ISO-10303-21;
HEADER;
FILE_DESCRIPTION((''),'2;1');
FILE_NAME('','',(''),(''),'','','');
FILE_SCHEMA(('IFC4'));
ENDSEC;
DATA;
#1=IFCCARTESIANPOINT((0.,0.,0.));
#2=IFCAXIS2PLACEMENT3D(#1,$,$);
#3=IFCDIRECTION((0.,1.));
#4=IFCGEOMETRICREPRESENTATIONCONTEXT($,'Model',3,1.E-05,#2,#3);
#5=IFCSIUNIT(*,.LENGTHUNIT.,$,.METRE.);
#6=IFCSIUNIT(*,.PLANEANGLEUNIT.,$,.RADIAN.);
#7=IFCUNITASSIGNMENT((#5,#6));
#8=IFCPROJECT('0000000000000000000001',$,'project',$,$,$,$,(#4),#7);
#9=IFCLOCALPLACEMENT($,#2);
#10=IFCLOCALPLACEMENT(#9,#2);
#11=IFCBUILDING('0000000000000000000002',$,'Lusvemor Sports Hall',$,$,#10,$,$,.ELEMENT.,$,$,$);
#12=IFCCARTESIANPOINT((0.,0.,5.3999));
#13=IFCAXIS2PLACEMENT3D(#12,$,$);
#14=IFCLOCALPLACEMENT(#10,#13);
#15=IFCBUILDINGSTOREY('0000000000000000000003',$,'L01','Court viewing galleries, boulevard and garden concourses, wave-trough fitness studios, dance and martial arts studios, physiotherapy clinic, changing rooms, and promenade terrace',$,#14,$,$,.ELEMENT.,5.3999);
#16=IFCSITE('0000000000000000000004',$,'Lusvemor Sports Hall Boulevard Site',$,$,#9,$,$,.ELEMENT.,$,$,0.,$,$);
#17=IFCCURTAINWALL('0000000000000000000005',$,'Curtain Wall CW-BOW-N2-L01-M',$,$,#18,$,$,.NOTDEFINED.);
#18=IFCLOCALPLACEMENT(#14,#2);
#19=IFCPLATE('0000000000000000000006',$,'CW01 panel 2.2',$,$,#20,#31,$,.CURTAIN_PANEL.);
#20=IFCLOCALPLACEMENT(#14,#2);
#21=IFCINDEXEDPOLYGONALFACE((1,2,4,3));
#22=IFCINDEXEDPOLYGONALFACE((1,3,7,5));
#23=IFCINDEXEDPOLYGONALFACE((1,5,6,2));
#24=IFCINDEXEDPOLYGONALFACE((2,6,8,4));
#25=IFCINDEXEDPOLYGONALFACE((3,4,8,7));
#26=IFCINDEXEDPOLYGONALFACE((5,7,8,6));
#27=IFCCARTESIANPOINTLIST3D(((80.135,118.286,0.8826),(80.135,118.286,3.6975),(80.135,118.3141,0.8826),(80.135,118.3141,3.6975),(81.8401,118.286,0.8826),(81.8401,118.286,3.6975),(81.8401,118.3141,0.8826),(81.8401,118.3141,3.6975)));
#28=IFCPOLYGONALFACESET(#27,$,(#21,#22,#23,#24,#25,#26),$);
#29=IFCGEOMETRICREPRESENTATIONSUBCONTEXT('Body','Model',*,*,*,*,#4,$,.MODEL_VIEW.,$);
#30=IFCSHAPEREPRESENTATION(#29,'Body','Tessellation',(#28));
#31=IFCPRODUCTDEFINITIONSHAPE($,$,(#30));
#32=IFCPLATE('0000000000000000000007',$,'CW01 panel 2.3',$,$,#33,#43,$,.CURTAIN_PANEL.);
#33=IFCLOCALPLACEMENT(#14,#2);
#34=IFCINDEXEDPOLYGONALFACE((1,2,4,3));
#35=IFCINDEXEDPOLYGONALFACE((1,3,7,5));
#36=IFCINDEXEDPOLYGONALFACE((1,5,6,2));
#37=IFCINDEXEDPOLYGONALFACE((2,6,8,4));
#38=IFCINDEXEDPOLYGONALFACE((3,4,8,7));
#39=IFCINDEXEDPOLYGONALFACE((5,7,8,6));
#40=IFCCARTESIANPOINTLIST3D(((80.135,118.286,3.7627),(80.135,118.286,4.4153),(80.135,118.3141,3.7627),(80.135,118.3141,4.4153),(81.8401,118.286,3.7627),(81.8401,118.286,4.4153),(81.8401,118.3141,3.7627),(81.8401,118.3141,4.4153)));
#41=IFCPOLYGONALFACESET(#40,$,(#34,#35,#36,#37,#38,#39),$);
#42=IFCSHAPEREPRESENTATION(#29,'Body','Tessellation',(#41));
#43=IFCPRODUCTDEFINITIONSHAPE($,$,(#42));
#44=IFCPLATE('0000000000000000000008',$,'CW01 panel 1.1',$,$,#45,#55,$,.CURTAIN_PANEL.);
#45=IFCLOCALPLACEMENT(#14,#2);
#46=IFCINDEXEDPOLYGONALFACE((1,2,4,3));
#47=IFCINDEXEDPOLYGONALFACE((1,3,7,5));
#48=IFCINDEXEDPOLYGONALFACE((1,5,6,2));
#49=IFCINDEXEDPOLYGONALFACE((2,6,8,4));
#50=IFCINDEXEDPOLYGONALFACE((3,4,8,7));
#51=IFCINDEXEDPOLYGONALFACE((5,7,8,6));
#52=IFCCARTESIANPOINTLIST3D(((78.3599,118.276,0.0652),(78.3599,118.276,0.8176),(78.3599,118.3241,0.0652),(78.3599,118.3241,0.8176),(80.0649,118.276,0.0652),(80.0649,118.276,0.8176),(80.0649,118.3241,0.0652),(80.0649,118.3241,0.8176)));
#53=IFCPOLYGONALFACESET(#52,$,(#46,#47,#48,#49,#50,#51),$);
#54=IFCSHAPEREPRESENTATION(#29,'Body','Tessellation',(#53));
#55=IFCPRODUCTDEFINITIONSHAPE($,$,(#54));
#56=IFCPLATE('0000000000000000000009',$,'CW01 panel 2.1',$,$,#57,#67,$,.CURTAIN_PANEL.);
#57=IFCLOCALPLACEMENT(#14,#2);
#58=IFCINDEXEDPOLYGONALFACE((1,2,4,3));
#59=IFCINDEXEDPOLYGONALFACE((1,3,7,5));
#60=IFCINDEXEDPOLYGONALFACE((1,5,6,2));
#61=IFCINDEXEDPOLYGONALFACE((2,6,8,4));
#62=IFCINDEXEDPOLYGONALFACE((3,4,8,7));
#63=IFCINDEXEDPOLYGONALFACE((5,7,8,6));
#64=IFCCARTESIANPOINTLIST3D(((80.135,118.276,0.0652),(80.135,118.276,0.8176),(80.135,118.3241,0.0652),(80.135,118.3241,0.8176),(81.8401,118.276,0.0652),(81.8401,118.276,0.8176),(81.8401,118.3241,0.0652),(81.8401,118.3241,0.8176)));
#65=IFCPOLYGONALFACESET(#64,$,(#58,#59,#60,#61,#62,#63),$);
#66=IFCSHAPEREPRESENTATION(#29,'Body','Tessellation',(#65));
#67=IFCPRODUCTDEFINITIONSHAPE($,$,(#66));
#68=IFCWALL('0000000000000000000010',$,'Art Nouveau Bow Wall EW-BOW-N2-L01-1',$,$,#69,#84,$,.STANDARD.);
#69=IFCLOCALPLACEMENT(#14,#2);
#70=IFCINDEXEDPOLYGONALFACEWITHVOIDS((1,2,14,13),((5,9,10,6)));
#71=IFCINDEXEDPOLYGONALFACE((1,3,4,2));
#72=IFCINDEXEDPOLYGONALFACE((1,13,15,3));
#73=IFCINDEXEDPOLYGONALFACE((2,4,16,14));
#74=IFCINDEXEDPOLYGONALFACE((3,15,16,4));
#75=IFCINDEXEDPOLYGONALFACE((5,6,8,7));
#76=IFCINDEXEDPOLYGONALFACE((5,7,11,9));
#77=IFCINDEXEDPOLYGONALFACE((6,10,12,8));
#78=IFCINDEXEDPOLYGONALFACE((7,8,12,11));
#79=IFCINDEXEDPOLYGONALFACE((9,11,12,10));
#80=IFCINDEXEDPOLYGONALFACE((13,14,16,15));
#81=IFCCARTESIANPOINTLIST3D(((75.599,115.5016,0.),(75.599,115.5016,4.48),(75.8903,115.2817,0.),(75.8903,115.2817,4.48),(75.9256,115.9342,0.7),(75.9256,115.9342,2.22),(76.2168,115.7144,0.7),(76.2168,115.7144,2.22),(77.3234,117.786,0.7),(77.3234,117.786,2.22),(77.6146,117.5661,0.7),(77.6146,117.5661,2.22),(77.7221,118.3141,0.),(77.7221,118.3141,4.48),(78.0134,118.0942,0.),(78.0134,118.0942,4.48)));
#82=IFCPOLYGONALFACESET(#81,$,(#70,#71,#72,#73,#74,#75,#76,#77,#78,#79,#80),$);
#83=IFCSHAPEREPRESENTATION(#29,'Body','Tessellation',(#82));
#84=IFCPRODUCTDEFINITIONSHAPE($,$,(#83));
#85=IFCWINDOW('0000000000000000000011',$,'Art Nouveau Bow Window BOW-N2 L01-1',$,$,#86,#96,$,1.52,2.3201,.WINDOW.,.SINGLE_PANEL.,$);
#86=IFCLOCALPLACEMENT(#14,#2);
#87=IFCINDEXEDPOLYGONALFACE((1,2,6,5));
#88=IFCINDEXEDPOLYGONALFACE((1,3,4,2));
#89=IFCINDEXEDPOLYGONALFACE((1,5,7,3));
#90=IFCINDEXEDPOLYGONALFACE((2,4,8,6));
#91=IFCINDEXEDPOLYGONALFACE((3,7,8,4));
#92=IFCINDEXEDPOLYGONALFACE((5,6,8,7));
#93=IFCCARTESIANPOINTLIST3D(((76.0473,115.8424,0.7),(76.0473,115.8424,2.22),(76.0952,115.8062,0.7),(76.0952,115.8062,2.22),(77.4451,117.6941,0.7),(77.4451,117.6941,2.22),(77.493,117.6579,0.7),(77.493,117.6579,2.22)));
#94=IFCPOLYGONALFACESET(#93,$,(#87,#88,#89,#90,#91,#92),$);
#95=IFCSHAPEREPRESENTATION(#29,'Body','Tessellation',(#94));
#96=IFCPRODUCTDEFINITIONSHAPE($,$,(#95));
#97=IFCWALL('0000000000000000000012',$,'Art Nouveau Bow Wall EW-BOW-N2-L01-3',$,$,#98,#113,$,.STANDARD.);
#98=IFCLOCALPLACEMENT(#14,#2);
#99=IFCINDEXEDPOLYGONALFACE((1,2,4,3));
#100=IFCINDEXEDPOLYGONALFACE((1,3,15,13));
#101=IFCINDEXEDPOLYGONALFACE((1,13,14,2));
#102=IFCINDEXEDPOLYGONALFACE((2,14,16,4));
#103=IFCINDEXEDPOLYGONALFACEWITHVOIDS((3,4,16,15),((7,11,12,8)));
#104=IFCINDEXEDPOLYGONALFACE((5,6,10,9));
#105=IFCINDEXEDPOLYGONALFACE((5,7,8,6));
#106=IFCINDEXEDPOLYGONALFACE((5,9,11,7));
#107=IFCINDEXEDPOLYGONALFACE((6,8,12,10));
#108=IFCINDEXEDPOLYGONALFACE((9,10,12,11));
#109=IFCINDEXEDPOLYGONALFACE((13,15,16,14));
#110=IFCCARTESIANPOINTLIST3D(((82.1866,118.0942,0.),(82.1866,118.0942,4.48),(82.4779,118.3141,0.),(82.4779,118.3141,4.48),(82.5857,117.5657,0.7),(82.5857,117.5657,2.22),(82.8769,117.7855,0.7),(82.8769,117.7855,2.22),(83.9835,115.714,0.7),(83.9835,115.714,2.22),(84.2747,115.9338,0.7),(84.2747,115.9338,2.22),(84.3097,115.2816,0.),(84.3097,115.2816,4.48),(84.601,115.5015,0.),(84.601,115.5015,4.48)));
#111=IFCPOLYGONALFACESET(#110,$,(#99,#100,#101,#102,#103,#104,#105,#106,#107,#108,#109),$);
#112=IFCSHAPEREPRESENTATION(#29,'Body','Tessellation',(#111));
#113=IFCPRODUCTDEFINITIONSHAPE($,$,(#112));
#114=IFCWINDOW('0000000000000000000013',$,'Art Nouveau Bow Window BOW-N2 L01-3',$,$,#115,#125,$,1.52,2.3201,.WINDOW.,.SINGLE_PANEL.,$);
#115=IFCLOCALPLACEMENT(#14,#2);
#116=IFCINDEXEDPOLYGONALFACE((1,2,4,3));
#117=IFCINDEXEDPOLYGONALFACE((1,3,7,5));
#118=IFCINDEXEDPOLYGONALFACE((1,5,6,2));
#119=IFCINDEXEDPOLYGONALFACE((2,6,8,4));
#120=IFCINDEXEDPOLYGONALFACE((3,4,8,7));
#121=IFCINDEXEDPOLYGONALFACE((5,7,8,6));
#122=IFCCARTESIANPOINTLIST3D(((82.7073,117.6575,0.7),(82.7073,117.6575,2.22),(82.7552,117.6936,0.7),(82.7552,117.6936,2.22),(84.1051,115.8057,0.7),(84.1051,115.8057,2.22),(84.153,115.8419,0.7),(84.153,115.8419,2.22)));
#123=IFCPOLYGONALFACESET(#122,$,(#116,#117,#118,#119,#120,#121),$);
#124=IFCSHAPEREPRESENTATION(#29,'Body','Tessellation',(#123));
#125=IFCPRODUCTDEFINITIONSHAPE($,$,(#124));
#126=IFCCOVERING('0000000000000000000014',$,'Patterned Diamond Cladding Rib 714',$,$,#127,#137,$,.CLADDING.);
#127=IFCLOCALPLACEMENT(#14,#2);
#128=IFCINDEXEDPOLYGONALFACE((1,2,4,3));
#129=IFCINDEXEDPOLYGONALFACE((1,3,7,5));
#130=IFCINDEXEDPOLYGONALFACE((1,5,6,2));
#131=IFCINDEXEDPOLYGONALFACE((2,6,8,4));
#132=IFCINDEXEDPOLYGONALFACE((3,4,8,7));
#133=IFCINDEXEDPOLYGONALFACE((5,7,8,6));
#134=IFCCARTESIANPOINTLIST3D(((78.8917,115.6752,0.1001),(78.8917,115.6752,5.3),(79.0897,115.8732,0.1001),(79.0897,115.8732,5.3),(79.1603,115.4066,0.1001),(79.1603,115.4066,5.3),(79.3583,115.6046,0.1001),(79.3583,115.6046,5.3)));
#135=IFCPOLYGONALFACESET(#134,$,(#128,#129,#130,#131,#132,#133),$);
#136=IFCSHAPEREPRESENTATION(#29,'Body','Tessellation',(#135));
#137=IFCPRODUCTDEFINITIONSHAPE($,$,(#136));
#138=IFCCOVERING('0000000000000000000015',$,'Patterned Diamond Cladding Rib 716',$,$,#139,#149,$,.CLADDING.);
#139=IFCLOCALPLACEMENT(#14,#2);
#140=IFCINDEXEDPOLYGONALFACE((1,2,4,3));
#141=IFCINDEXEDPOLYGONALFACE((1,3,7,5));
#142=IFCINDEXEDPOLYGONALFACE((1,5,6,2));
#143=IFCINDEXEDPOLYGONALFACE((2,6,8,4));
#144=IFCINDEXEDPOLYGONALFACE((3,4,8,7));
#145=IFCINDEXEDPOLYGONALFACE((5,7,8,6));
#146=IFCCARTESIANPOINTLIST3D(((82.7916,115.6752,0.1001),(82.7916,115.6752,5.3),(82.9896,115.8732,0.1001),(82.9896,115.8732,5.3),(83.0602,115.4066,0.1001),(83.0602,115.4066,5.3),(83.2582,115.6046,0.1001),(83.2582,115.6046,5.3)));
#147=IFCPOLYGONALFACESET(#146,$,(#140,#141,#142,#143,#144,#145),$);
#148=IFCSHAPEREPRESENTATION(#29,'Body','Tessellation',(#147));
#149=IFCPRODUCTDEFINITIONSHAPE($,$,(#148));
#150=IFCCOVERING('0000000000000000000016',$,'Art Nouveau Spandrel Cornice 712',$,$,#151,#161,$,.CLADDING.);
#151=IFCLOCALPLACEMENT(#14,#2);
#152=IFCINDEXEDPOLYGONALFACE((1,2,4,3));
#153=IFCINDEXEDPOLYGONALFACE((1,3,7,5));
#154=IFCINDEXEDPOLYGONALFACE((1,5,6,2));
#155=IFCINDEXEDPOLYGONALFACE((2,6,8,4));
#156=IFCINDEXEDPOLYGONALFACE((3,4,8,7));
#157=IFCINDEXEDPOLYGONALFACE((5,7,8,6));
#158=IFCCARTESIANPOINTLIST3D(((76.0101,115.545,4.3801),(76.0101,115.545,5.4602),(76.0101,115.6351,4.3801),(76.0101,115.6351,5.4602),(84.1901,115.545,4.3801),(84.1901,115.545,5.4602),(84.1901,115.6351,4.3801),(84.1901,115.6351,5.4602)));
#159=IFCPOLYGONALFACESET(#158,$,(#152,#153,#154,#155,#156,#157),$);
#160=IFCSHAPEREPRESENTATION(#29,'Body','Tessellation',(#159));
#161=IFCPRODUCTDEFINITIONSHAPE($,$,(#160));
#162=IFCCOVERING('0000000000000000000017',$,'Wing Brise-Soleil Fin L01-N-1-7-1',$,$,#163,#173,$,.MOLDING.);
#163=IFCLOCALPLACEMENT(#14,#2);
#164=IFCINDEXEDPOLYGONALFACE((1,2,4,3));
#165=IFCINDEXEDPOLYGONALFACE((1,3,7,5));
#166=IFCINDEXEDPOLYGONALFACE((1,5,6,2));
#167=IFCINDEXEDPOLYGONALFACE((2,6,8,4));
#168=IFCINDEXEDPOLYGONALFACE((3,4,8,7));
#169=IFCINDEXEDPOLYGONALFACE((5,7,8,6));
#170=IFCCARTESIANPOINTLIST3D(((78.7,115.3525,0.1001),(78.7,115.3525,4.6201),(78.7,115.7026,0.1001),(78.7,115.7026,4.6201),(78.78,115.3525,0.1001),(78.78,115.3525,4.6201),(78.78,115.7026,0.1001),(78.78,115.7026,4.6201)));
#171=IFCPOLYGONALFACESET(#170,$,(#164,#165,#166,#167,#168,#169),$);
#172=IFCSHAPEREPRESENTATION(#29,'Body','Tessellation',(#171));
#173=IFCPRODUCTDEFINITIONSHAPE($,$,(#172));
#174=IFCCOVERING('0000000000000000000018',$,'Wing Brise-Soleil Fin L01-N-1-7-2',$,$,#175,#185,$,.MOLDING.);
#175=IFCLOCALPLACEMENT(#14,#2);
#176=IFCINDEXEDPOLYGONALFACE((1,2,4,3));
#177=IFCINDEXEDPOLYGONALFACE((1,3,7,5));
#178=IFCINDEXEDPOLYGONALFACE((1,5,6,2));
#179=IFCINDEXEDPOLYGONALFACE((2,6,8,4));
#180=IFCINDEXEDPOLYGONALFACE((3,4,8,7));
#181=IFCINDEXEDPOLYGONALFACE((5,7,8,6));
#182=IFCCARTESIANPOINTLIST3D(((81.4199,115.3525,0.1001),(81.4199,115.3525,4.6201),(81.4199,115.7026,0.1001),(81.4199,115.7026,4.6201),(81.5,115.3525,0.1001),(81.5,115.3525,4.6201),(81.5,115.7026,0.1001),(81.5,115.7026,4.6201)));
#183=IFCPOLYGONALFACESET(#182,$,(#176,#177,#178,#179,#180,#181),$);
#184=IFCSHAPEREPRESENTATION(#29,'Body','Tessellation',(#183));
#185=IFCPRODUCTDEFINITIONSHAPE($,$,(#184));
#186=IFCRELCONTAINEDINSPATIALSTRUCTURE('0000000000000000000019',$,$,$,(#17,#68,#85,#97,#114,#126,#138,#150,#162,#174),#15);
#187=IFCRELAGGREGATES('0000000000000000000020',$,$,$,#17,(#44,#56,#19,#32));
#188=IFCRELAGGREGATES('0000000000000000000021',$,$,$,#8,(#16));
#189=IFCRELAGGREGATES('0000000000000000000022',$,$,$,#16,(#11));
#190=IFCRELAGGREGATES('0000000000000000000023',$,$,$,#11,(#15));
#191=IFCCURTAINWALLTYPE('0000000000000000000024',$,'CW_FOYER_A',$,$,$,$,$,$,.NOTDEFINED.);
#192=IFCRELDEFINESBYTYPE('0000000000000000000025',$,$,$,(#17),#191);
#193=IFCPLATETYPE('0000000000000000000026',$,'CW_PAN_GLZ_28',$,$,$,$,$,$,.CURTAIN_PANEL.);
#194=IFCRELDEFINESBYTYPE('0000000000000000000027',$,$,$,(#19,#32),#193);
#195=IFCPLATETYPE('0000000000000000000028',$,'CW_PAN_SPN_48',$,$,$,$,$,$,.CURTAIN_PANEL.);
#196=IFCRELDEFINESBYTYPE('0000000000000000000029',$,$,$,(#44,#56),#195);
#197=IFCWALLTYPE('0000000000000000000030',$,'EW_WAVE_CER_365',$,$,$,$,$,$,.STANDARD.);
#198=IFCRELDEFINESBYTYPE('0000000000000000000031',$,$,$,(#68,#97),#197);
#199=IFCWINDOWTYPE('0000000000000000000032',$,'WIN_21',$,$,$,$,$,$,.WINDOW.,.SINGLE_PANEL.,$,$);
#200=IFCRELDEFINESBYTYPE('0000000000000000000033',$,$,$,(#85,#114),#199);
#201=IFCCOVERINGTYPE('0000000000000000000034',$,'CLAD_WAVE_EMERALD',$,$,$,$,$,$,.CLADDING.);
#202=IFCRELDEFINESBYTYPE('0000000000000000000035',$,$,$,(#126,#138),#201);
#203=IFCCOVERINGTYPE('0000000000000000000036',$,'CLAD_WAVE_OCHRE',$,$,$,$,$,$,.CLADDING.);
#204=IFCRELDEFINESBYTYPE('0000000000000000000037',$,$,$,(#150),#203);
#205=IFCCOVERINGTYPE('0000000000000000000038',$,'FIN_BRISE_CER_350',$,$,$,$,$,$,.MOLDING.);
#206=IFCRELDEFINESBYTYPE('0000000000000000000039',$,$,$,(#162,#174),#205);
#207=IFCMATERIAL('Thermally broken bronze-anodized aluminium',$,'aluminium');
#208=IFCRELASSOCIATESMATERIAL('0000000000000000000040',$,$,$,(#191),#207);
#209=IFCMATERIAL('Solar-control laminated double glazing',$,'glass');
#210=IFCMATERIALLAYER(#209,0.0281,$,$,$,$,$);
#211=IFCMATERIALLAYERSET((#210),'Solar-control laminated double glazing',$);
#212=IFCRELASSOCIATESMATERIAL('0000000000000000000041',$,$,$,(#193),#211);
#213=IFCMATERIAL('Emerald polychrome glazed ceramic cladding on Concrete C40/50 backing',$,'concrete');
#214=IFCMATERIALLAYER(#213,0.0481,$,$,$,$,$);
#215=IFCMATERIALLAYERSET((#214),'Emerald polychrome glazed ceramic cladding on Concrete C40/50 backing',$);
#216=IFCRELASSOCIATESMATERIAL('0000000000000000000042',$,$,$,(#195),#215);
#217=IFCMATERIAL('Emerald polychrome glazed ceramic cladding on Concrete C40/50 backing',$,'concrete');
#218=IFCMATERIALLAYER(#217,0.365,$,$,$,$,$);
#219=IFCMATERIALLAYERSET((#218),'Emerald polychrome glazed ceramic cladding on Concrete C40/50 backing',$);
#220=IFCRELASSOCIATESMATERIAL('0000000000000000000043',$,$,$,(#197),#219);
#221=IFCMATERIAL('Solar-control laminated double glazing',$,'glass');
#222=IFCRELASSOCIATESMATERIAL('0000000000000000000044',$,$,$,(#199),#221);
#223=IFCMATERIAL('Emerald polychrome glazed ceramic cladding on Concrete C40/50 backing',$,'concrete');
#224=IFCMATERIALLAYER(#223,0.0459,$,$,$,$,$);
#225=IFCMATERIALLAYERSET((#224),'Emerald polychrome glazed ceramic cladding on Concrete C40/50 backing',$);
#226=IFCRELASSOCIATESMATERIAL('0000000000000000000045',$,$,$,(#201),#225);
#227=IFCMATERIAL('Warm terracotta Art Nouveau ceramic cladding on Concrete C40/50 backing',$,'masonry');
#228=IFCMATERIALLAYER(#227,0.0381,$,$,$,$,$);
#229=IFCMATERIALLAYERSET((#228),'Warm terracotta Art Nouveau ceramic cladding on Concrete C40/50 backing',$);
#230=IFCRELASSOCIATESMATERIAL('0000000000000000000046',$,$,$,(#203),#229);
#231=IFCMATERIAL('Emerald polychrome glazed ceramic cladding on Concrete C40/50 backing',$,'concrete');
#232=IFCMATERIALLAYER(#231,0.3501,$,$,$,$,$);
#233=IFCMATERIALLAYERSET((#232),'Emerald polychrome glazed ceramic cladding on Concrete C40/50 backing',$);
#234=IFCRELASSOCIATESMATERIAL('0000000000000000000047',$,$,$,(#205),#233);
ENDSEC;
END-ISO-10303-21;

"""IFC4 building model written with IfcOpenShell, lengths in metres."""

from ifc_helpers import new_model, si_unit, direction, frame, frame_2d, origin, origin_2d, place, context, subcontext, project, spatial, rectangle, extrude, material, layer, layer_set, type_object, element, fill, aggregate, save


model = new_model("IFC4")

# Units and contexts
model_context = context("Model", 3, precision=1e-05, world=origin(), true_north=direction((0.0, 1.0)))
body_context = subcontext(model_context, "Body", "Model", "MODEL_VIEW")
ifc_project = project(units=[si_unit("LENGTHUNIT", "METRE"), si_unit("PLANEANGLEUNIT", "RADIAN")], contexts=[model_context])

# Site, building, storey
site_placement = place(None, origin())
site = spatial("IfcSite", under=ifc_project, at=site_placement, Name="Lusvemor Sports Hall Boulevard Site", CompositionType="ELEMENT", RefElevation=0.0)
building_placement = place(site_placement, origin())
building = spatial("IfcBuilding", under=site, at=building_placement, Name="Lusvemor Sports Hall", CompositionType="ELEMENT")
storey_placement = place(building_placement, frame((0.0, 0.0, 5.3999)))
storey = spatial("IfcBuildingStorey", under=building, at=storey_placement, Name="L01", Description="Court viewing galleries, boulevard and garden concourses, wave-trough fitness studios, dance and martial arts studios, physiotherapy clinic, changing rooms, and promenade terrace", CompositionType="ELEMENT", Elevation=5.3999)

# Curtain wall
ifc_material_1 = material(Name="Thermally broken bronze-anodized aluminium", Category="aluminium")
curtain_wall_type = type_object("IfcCurtainWallType", Name="CW_FOYER_A", PredefinedType="NOTDEFINED", material=ifc_material_1)
curtain_wall_placement = place(storey_placement, origin())
curtain_wall = element("IfcCurtainWall", 1, at=curtain_wall_placement, inside=storey, type_object=curtain_wall_type, Name="Curtain Wall CW-BOW-N2-L01-M", PredefinedType="NOTDEFINED")

# Plates
ifc_material_2 = material(Name="Solar-control laminated double glazing", Category="glass")
ifc_layer_1 = layer(ifc_material_2, 0.0281)
ifc_layer_set_1 = layer_set([ifc_layer_1], Name="Solar-control laminated double glazing")
plate_type_1 = type_object("IfcPlateType", Name="CW_PAN_GLZ_28", PredefinedType="CURTAIN_PANEL", material=ifc_layer_set_1)
plate_1_placement = place(storey_placement, frame((80.9875, 118.3, 0.8826), z_axis=(0.0, 0.0, 1.0), x_axis=(1.0, 0.0, 0.0)))
plate_1 = element("IfcPlate", 2, at=plate_1_placement, type_object=plate_type_1, Name="CW01 panel 2.2", PredefinedType="CURTAIN_PANEL", context=body_context, shape_type="SweptSolid", body=[
    extrude(rectangle(XDim=1.7051, YDim=0.0281, at=origin_2d()), origin(), (0.0, 0.0, 1.0), 2.8149),
])
plate_2_placement = place(storey_placement, frame((80.9875, 118.3, 3.7627), z_axis=(0.0, 0.0, 1.0), x_axis=(1.0, 0.0, 0.0)))
plate_2 = element("IfcPlate", 3, at=plate_2_placement, type_object=plate_type_1, Name="CW01 panel 2.3", PredefinedType="CURTAIN_PANEL", context=body_context, shape_type="SweptSolid", body=[
    extrude(rectangle(XDim=1.7051, YDim=0.0281, at=origin_2d()), origin(), (0.0, 0.0, 1.0), 0.6526),
])
ifc_material_3 = material(Name="Emerald polychrome glazed ceramic cladding on Concrete C40/50 backing", Category="concrete")
ifc_layer_2 = layer(ifc_material_3, 0.0481)
ifc_layer_set_2 = layer_set([ifc_layer_2], Name="Emerald polychrome glazed ceramic cladding on Concrete C40/50 backing")
plate_type_2 = type_object("IfcPlateType", Name="CW_PAN_SPN_48", PredefinedType="CURTAIN_PANEL", material=ifc_layer_set_2)
plate_3_placement = place(storey_placement, frame((79.2124, 118.3, 0.0652), z_axis=(0.0, 0.0, 1.0), x_axis=(1.0, 0.0, 0.0)))
plate_3 = element("IfcPlate", 4, at=plate_3_placement, type_object=plate_type_2, Name="CW01 panel 1.1", PredefinedType="CURTAIN_PANEL", context=body_context, shape_type="SweptSolid", body=[
    extrude(rectangle(XDim=1.7051, YDim=0.0481, at=origin_2d()), origin(), (0.0, 0.0, 1.0), 0.7524),
])
plate_4_placement = place(storey_placement, frame((80.9875, 118.3, 0.0652), z_axis=(0.0, 0.0, 1.0), x_axis=(1.0, 0.0, 0.0)))
plate_4 = element("IfcPlate", 5, at=plate_4_placement, type_object=plate_type_2, Name="CW01 panel 2.1", PredefinedType="CURTAIN_PANEL", context=body_context, shape_type="SweptSolid", body=[
    extrude(rectangle(XDim=1.7051, YDim=0.0481, at=origin_2d()), origin(), (0.0, 0.0, 1.0), 0.7524),
])
aggregate(curtain_wall, [plate_3, plate_4, plate_1, plate_2])

# Walls, openings, windows
ifc_material_4 = material(Name="Emerald polychrome glazed ceramic cladding on Concrete C40/50 backing", Category="concrete")
ifc_layer_3 = layer(ifc_material_4, 0.365)
ifc_layer_set_3 = layer_set([ifc_layer_3], Name="Emerald polychrome glazed ceramic cladding on Concrete C40/50 backing")
wall_type = type_object("IfcWallType", Name="EW_WAVE_CER_365", PredefinedType="STANDARD", material=ifc_layer_set_3)
wall_1_placement = place(storey_placement, frame((75.7446, 115.3916, 0.0), z_axis=(0.0, 0.0, 1.0), x_axis=(0.60248, 0.798134, 0.0)))
wall_1 = element("IfcWall", 6, at=wall_1_placement, inside=storey, type_object=wall_type, Name="Art Nouveau Bow Wall EW-BOW-N2-L01-1", PredefinedType="STANDARD", context=body_context, shape_type="SweptSolid", body=[
    extrude(rectangle(XDim=3.5239, YDim=0.365, at=frame_2d((1.762, 0.0))), origin(), (0.0, 0.0, 1.0), 4.48),
])
opening_1_placement = place(wall_1_placement, frame((0.542, 0.0, 0.7)))
opening_1 = element("IfcOpeningElement", 7, at=opening_1_placement, cuts=wall_1, PredefinedType="OPENING", context=body_context, shape_type="SweptSolid", body=[
    extrude(rectangle(XDim=2.3201, YDim=1.52, at=frame_2d((1.1602, 0.76))), frame((0.0, 0.1826, 0.0), z_axis=(0.0, -1.0, 0.0), x_axis=(1.0, 0.0, 0.0)), (0.0, 0.0, 1.0), 0.365),
])
ifc_material_5 = material(Name="Solar-control laminated double glazing", Category="glass")
window_type = type_object("IfcWindowType", Name="WIN_21", PartitioningType="SINGLE_PANEL", PredefinedType="WINDOW", material=ifc_material_5)
window_1_placement = place(opening_1_placement, origin())
window_1 = element("IfcWindow", 8, at=window_1_placement, inside=storey, type_object=window_type, Name="Art Nouveau Bow Window BOW-N2 L01-1", OverallHeight=1.52, OverallWidth=2.3201, PartitioningType="SINGLE_PANEL", PredefinedType="WINDOW", context=body_context, shape_type="SweptSolid", body=[
    extrude(rectangle(XDim=2.3201, YDim=1.52, at=frame_2d((1.1602, 0.76))), frame((0.0, 0.03, 0.0), z_axis=(0.0, -1.0, 0.0), x_axis=(1.0, 0.0, 0.0)), (0.0, 0.0, 1.0), 0.0601),
])
fill(opening_1, window_1)
wall_2_placement = place(storey_placement, frame((82.3323, 118.2041, 0.0), z_axis=(0.0, 0.0, 1.0), x_axis=(0.60248, -0.798134, 0.0)))
wall_2 = element("IfcWall", 9, at=wall_2_placement, inside=storey, type_object=wall_type, Name="Art Nouveau Bow Wall EW-BOW-N2-L01-3", PredefinedType="STANDARD", context=body_context, shape_type="SweptSolid", body=[
    extrude(rectangle(XDim=3.5239, YDim=0.365, at=frame_2d((1.762, 0.0))), origin(), (0.0, 0.0, 1.0), 4.48),
])
opening_2_placement = place(wall_2_placement, frame((0.6621, 0.0, 0.7)))
opening_2 = element("IfcOpeningElement", 10, at=opening_2_placement, cuts=wall_2, PredefinedType="OPENING", context=body_context, shape_type="SweptSolid", body=[
    extrude(rectangle(XDim=2.3201, YDim=1.52, at=frame_2d((1.1602, 0.76))), frame((0.0, 0.1826, 0.0), z_axis=(0.0, -1.0, 0.0), x_axis=(1.0, 0.0, 0.0)), (0.0, 0.0, 1.0), 0.365),
])
window_2_placement = place(opening_2_placement, origin())
window_2 = element("IfcWindow", 11, at=window_2_placement, inside=storey, type_object=window_type, Name="Art Nouveau Bow Window BOW-N2 L01-3", OverallHeight=1.52, OverallWidth=2.3201, PartitioningType="SINGLE_PANEL", PredefinedType="WINDOW", context=body_context, shape_type="SweptSolid", body=[
    extrude(rectangle(XDim=2.3201, YDim=1.52, at=frame_2d((1.1602, 0.76))), frame((0.0, 0.03, 0.0), z_axis=(0.0, -1.0, 0.0), x_axis=(1.0, 0.0, 0.0)), (0.0, 0.0, 1.0), 0.0601),
])
fill(opening_2, window_2)

# Coverings
ifc_material_6 = material(Name="Emerald polychrome glazed ceramic cladding on Concrete C40/50 backing", Category="concrete")
ifc_layer_4 = layer(ifc_material_6, 0.0459)
ifc_layer_set_4 = layer_set([ifc_layer_4], Name="Emerald polychrome glazed ceramic cladding on Concrete C40/50 backing")
covering_type_1 = type_object("IfcCoveringType", Name="CLAD_WAVE_EMERALD", PredefinedType="CLADDING", material=ifc_layer_set_4)
for number, where, z_axis, x_axis, name in (
    (12, (79.125, 115.6399, 0.1001), (0.0, 0.0, 1.0), (0.707107, 0.707107, 0.0), "Patterned Diamond Cladding Rib 714"),
    (13, (83.0249, 115.6399, 0.1001), (0.0, 0.0, 1.0), (0.707107, 0.707107, 0.0), "Patterned Diamond Cladding Rib 716"),
):
    element("IfcCovering", number, at=place(storey_placement, frame(where, z_axis=z_axis, x_axis=x_axis)), inside=storey, type_object=covering_type_1, Name=name, PredefinedType="CLADDING", context=body_context, shape_type="SweptSolid", body=[
        extrude(rectangle(XDim=0.28, YDim=0.3799, at=origin_2d()), origin(), (0.0, 0.0, 1.0), 5.2),
    ])
ifc_material_7 = material(Name="Warm terracotta Art Nouveau ceramic cladding on Concrete C40/50 backing", Category="masonry")
ifc_layer_5 = layer(ifc_material_7, 0.0381)
ifc_layer_set_5 = layer_set([ifc_layer_5], Name="Warm terracotta Art Nouveau ceramic cladding on Concrete C40/50 backing")
covering_type_2 = type_object("IfcCoveringType", Name="CLAD_WAVE_OCHRE", PredefinedType="CLADDING", material=ifc_layer_set_5)
covering_placement = place(storey_placement, frame((80.1001, 115.5901, 4.3801), z_axis=(0.0, 0.0, 1.0), x_axis=(1.0, 0.0, 0.0)))
element("IfcCovering", 14, at=covering_placement, inside=storey, type_object=covering_type_2, Name="Art Nouveau Spandrel Cornice 712", PredefinedType="CLADDING", context=body_context, shape_type="SweptSolid", body=[
    extrude(rectangle(XDim=8.1799, YDim=0.0901, at=origin_2d()), origin(), (0.0, 0.0, 1.0), 1.0801),
])
ifc_material_8 = material(Name="Emerald polychrome glazed ceramic cladding on Concrete C40/50 backing", Category="concrete")
ifc_layer_6 = layer(ifc_material_8, 0.3501)
ifc_layer_set_6 = layer_set([ifc_layer_6], Name="Emerald polychrome glazed ceramic cladding on Concrete C40/50 backing")
covering_type_3 = type_object("IfcCoveringType", Name="FIN_BRISE_CER_350", PredefinedType="MOLDING", material=ifc_layer_set_6)
for number, where, z_axis, x_axis, name in (
    (15, (78.74, 115.5276, 0.1001), (0.0, 0.0, 1.0), (1.0, 0.0, 0.0), "Wing Brise-Soleil Fin L01-N-1-7-1"),
    (16, (81.46, 115.5276, 0.1001), (0.0, 0.0, 1.0), (1.0, 0.0, 0.0), "Wing Brise-Soleil Fin L01-N-1-7-2"),
):
    element("IfcCovering", number, at=place(storey_placement, frame(where, z_axis=z_axis, x_axis=x_axis)), inside=storey, type_object=covering_type_3, Name=name, PredefinedType="MOLDING", context=body_context, shape_type="SweptSolid", body=[
        extrude(rectangle(XDim=0.0801, YDim=0.3501, at=origin_2d()), origin(), (0.0, 0.0, 1.0), 4.52),
    ])

save(model, "model.ifc")
